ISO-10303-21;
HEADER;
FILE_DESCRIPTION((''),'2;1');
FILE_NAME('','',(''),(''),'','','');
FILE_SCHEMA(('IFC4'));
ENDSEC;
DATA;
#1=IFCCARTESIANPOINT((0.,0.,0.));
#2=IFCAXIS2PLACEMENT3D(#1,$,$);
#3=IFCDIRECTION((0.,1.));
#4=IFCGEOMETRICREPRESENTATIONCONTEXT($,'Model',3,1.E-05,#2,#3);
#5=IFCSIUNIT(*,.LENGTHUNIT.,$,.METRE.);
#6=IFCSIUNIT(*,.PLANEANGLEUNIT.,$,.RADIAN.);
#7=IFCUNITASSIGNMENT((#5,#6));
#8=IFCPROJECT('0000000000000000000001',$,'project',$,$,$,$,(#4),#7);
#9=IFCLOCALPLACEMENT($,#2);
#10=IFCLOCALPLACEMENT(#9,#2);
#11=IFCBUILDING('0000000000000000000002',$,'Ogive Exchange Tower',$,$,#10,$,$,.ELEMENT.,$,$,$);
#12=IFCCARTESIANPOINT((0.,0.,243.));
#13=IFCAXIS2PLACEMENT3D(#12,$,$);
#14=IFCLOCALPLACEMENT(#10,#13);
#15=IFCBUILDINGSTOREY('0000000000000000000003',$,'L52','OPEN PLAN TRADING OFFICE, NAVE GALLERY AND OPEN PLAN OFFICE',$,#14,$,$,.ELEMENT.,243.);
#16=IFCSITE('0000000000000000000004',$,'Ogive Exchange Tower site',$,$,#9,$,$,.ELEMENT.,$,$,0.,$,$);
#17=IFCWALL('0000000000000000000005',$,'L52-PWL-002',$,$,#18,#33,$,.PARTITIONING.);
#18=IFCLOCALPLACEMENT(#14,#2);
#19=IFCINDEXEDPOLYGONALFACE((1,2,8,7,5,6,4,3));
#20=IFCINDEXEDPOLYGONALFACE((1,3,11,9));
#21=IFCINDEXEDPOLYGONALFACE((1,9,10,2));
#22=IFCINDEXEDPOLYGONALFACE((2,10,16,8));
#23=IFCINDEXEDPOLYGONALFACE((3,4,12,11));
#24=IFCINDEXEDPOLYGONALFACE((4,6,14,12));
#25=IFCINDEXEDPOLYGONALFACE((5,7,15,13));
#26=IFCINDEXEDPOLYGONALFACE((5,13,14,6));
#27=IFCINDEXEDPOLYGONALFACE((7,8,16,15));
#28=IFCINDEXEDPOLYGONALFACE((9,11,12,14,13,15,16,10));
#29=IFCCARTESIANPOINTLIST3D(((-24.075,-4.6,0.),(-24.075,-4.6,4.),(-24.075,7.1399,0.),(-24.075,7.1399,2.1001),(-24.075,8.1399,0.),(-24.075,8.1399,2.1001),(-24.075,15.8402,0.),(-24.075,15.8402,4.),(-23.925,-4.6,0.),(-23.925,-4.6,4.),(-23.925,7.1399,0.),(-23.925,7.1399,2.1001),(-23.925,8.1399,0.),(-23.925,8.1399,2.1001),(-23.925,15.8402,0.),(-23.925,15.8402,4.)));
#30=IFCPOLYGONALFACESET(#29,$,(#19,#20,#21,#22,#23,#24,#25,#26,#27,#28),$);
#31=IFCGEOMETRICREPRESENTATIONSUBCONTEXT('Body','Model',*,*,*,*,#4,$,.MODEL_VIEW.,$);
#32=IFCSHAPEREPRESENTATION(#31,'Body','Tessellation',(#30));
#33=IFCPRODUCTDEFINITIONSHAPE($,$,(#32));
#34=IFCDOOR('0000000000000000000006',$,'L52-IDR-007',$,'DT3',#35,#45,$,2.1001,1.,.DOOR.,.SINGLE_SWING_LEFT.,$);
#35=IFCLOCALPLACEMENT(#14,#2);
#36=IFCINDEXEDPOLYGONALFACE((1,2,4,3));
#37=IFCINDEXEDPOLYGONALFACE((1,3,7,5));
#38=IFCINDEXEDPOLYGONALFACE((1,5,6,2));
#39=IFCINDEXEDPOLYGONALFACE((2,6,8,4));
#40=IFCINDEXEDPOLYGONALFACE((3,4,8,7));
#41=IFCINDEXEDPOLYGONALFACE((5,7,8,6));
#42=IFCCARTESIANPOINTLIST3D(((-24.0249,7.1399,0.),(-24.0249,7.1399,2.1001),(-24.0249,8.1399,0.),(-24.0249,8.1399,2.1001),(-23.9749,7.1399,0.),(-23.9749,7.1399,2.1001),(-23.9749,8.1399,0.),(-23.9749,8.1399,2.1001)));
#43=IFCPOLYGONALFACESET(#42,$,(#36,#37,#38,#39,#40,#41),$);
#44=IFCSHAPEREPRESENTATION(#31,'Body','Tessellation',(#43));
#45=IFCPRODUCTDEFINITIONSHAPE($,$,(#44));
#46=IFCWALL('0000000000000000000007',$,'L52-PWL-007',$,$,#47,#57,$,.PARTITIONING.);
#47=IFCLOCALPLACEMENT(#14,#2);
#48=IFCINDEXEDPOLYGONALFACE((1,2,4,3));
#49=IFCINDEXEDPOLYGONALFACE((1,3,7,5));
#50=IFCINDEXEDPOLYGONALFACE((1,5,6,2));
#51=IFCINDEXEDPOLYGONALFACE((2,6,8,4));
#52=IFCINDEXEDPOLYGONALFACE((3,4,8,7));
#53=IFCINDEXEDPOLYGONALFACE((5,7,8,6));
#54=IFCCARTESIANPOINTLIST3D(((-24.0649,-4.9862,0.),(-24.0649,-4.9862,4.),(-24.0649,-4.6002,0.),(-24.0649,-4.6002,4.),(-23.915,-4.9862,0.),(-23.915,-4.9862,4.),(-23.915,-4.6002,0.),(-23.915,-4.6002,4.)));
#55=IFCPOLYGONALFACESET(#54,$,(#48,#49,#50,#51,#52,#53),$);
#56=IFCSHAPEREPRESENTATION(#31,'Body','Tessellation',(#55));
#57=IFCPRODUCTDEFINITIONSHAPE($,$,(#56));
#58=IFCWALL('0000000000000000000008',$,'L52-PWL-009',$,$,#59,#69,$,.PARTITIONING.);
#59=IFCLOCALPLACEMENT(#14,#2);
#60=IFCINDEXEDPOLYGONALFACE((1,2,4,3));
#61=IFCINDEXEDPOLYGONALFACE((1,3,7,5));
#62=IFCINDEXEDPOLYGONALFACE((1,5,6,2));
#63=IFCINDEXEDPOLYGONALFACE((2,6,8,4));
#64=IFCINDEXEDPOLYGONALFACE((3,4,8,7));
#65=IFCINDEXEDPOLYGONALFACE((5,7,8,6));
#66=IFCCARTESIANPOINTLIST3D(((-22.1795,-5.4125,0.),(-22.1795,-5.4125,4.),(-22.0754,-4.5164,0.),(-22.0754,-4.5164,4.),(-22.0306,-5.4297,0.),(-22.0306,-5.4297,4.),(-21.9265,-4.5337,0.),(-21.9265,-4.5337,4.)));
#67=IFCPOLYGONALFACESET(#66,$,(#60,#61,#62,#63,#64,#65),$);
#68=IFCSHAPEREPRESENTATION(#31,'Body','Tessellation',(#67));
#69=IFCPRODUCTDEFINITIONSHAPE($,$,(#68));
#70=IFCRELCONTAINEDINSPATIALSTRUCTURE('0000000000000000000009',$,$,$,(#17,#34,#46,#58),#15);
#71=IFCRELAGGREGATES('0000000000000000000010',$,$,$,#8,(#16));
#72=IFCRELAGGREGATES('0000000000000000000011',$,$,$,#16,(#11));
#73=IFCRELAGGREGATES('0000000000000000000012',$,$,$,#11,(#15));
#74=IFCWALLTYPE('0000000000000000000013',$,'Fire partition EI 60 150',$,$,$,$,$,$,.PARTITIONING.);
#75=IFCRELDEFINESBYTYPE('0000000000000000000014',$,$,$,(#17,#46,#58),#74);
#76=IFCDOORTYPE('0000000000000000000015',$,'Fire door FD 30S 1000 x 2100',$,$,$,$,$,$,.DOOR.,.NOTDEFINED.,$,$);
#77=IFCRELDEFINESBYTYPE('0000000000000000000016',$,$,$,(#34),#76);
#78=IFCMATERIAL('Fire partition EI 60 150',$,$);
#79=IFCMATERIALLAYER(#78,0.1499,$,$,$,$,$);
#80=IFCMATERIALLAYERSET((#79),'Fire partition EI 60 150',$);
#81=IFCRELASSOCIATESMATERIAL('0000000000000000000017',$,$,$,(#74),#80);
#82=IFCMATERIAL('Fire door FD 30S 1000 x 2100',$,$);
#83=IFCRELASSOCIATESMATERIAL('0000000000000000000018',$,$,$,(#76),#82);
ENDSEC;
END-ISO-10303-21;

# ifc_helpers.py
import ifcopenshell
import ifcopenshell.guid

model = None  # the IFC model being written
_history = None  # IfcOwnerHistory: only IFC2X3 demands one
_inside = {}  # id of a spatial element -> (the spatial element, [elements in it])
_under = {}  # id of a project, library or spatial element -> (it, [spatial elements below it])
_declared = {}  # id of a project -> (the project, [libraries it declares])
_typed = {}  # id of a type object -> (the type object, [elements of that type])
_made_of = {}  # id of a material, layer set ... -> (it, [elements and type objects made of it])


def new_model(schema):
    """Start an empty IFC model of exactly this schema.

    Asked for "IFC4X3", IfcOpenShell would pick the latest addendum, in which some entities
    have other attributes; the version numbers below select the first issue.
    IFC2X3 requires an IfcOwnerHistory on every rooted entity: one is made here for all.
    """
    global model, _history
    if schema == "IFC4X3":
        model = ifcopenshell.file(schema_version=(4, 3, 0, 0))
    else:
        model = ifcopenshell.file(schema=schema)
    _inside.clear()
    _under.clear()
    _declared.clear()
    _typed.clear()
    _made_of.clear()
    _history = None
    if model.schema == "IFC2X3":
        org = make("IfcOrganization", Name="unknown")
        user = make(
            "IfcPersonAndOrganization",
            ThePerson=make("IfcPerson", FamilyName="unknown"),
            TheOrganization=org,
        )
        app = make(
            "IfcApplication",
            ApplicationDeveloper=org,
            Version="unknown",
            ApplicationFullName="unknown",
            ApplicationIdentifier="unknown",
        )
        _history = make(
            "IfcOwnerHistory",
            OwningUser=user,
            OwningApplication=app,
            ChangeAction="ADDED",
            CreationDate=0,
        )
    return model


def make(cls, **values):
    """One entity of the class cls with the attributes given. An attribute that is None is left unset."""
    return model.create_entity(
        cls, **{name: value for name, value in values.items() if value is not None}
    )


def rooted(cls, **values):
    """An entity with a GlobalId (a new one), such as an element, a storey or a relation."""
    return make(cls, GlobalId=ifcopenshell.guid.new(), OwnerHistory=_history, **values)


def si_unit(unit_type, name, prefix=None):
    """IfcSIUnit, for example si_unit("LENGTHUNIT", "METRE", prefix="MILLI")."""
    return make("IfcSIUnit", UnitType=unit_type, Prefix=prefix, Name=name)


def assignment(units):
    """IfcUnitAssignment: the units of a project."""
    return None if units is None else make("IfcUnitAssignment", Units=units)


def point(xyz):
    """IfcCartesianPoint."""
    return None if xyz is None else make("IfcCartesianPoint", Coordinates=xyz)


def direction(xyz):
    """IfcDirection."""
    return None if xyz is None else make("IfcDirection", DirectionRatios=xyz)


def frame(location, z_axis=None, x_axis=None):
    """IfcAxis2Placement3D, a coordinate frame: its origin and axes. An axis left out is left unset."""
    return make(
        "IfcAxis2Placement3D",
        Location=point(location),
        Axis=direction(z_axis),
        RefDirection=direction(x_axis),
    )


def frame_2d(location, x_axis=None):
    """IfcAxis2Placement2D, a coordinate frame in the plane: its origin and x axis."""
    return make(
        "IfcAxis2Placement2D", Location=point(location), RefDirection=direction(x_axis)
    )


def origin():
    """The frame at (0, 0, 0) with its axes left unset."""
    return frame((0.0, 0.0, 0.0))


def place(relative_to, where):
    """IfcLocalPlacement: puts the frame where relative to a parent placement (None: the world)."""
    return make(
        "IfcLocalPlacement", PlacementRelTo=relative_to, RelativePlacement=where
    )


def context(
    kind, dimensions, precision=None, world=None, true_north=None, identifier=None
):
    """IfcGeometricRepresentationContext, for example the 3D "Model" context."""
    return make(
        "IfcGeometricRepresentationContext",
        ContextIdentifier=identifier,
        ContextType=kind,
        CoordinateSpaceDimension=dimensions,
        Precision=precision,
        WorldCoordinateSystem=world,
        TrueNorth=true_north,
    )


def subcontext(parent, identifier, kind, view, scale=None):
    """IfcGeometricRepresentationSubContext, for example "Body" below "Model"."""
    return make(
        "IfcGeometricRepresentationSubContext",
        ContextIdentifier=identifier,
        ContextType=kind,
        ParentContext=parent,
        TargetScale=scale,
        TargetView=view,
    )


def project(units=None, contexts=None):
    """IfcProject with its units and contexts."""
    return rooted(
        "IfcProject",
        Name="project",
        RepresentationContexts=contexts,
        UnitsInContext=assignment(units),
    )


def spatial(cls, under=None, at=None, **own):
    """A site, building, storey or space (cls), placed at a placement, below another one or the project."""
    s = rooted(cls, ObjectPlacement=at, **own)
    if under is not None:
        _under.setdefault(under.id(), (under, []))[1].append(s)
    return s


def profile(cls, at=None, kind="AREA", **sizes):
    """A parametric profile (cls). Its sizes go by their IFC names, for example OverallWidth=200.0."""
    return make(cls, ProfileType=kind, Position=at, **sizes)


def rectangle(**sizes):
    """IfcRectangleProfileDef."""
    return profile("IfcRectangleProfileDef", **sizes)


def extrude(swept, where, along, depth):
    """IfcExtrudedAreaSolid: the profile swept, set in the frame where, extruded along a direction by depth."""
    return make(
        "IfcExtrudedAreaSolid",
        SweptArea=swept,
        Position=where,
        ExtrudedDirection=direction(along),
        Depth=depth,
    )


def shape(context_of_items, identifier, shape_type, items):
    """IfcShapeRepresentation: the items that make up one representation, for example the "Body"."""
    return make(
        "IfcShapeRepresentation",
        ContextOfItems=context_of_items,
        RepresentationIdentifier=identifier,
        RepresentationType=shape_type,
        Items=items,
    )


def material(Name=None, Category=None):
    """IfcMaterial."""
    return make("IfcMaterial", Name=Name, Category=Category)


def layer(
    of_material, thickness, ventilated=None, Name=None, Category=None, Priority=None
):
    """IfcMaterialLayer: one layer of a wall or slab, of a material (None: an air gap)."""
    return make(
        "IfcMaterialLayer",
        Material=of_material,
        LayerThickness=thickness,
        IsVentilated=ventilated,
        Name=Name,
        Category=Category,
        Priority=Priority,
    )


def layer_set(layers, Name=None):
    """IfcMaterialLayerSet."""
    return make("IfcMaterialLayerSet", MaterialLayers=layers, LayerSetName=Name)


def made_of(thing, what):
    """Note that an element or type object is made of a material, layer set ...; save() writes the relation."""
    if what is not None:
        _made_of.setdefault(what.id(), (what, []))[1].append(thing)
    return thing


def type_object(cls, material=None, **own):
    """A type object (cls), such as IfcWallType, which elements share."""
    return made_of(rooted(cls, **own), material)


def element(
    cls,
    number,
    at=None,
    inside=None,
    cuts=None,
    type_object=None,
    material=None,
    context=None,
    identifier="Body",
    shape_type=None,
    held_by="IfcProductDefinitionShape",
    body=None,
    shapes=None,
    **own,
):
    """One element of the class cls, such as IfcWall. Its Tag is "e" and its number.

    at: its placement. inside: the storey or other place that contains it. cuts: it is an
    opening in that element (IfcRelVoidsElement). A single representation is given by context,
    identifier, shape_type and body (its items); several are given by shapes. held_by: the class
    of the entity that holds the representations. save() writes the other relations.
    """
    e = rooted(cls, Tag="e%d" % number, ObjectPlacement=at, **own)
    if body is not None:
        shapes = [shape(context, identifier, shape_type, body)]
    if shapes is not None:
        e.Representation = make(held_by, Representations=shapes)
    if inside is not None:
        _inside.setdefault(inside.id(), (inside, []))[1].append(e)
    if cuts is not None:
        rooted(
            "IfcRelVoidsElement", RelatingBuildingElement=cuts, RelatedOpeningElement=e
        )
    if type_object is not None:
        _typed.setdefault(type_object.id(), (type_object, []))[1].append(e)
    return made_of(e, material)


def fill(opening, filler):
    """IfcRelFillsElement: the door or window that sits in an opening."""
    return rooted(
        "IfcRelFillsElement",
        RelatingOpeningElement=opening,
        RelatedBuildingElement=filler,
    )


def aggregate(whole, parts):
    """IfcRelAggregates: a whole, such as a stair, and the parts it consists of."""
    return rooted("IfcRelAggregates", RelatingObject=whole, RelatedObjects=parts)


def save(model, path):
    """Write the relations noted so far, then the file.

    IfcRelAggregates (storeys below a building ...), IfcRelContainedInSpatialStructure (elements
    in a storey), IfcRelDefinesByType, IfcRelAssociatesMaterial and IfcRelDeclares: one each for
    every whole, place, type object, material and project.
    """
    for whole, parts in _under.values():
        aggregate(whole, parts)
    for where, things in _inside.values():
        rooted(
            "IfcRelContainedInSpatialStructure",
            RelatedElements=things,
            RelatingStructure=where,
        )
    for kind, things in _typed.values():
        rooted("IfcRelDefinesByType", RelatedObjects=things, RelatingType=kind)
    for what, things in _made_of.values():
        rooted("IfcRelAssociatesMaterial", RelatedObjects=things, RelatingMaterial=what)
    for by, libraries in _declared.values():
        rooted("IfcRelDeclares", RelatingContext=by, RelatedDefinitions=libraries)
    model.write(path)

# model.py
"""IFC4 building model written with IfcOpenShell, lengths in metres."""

from ifc_helpers import new_model, si_unit, direction, frame, frame_2d, origin, place, context, subcontext, project, spatial, rectangle, extrude, material, layer, layer_set, type_object, element, fill, save


model = new_model("IFC4")

# Units and contexts
model_context = context("Model", 3, precision=1e-05, world=origin(), true_north=direction((0.0, 1.0)))
body_context = subcontext(model_context, "Body", "Model", "MODEL_VIEW")
ifc_project = project(units=[si_unit("LENGTHUNIT", "METRE"), si_unit("PLANEANGLEUNIT", "RADIAN")], contexts=[model_context])

# Site, building, storey
site_placement = place(None, origin())
site = spatial("IfcSite", under=ifc_project, at=site_placement, Name="Ogive Exchange Tower site", CompositionType="ELEMENT", RefElevation=0.0)
building_placement = place(site_placement, origin())
building = spatial("IfcBuilding", under=site, at=building_placement, Name="Ogive Exchange Tower", CompositionType="ELEMENT")
storey_placement = place(building_placement, frame((0.0, 0.0, 243.0)))
storey = spatial("IfcBuildingStorey", under=building, at=storey_placement, Name="L52", Description="OPEN PLAN TRADING OFFICE, NAVE GALLERY AND OPEN PLAN OFFICE", CompositionType="ELEMENT", Elevation=243.0)

# Wall, opening, door
ifc_material_1 = material(Name="Fire partition EI 60 150")
ifc_layer_1 = layer(ifc_material_1, 0.1499)
ifc_layer_set_1 = layer_set([ifc_layer_1], Name="Fire partition EI 60 150")
wall_type_1 = type_object("IfcWallType", Name="Fire partition EI 60 150", PredefinedType="PARTITIONING", material=ifc_layer_set_1)
wall_1_placement = place(storey_placement, frame((-24.0, -4.6001, 0.0), z_axis=(0.0, 0.0, 1.0), x_axis=(0.0, 1.0, 0.0)))
wall_1 = element("IfcWall", 1, at=wall_1_placement, inside=storey, type_object=wall_type_1, Name="L52-PWL-002", PredefinedType="PARTITIONING", context=body_context, shape_type="SweptSolid", body=[
    extrude(rectangle(XDim=20.4402, YDim=0.1499, at=frame_2d((10.2202, 0.0))), origin(), (0.0, 0.0, 1.0), 4.0),
])
opening_1_placement = place(wall_1_placement, frame((11.74, 0.0, 0.0)))
opening_1 = element("IfcOpeningElement", 2, at=opening_1_placement, cuts=wall_1, PredefinedType="OPENING", context=body_context, shape_type="SweptSolid", body=[
    extrude(rectangle(XDim=1.0, YDim=2.1001, at=frame_2d((0.5, 1.05))), frame((0.0, 0.085, 0.0), z_axis=(0.0, -1.0, 0.0), x_axis=(1.0, 0.0, 0.0)), (0.0, 0.0, 1.0), 0.1699),
])
ifc_material_2 = material(Name="Fire door FD 30S 1000 x 2100")
door_type_1 = type_object("IfcDoorType", Name="Fire door FD 30S 1000 x 2100", OperationType="NOTDEFINED", PredefinedType="DOOR", material=ifc_material_2)
door_1_placement = place(opening_1_placement, origin())
door_1 = element("IfcDoor", 3, at=door_1_placement, inside=storey, type_object=door_type_1, Name="L52-IDR-007", ObjectType="DT3", OperationType="SINGLE_SWING_LEFT", OverallHeight=2.1001, OverallWidth=1.0, PredefinedType="DOOR", context=body_context, shape_type="SweptSolid", body=[
    extrude(rectangle(XDim=1.0, YDim=2.1001, at=frame_2d((0.5, 1.05))), frame((0.0, 0.0249, 0.0), z_axis=(0.0, -1.0, 0.0), x_axis=(1.0, 0.0, 0.0)), (0.0, 0.0, 1.0), 0.05),
])
fill(opening_1, door_1)

# Walls
wall_2_placement = place(storey_placement, frame((-23.99, -4.9861, 0.0), z_axis=(0.0, 0.0, 1.0), x_axis=(0.0, 1.0, 0.0)))
element("IfcWall", 4, at=wall_2_placement, inside=storey, type_object=wall_type_1, Name="L52-PWL-007", PredefinedType="PARTITIONING", context=body_context, shape_type="SweptSolid", body=[
    extrude(rectangle(XDim=0.386, YDim=0.1499, at=frame_2d((0.1929, 0.0))), origin(), (0.0, 0.0, 1.0), 4.0),
])
wall_3_placement = place(storey_placement, frame((-22.001, -4.5249, 0.0), z_axis=(0.0, 0.0, 1.0), x_axis=(-0.115302, -0.99333, 0.0)))
element("IfcWall", 5, at=wall_3_placement, inside=storey, type_object=wall_type_1, Name="L52-PWL-009", PredefinedType="PARTITIONING", context=body_context, shape_type="SweptSolid", body=[
    extrude(rectangle(XDim=0.9021, YDim=0.1499, at=frame_2d((0.4512, 0.0))), origin(), (0.0, 0.0, 1.0), 4.0),
])

save(model, "model.ifc")
